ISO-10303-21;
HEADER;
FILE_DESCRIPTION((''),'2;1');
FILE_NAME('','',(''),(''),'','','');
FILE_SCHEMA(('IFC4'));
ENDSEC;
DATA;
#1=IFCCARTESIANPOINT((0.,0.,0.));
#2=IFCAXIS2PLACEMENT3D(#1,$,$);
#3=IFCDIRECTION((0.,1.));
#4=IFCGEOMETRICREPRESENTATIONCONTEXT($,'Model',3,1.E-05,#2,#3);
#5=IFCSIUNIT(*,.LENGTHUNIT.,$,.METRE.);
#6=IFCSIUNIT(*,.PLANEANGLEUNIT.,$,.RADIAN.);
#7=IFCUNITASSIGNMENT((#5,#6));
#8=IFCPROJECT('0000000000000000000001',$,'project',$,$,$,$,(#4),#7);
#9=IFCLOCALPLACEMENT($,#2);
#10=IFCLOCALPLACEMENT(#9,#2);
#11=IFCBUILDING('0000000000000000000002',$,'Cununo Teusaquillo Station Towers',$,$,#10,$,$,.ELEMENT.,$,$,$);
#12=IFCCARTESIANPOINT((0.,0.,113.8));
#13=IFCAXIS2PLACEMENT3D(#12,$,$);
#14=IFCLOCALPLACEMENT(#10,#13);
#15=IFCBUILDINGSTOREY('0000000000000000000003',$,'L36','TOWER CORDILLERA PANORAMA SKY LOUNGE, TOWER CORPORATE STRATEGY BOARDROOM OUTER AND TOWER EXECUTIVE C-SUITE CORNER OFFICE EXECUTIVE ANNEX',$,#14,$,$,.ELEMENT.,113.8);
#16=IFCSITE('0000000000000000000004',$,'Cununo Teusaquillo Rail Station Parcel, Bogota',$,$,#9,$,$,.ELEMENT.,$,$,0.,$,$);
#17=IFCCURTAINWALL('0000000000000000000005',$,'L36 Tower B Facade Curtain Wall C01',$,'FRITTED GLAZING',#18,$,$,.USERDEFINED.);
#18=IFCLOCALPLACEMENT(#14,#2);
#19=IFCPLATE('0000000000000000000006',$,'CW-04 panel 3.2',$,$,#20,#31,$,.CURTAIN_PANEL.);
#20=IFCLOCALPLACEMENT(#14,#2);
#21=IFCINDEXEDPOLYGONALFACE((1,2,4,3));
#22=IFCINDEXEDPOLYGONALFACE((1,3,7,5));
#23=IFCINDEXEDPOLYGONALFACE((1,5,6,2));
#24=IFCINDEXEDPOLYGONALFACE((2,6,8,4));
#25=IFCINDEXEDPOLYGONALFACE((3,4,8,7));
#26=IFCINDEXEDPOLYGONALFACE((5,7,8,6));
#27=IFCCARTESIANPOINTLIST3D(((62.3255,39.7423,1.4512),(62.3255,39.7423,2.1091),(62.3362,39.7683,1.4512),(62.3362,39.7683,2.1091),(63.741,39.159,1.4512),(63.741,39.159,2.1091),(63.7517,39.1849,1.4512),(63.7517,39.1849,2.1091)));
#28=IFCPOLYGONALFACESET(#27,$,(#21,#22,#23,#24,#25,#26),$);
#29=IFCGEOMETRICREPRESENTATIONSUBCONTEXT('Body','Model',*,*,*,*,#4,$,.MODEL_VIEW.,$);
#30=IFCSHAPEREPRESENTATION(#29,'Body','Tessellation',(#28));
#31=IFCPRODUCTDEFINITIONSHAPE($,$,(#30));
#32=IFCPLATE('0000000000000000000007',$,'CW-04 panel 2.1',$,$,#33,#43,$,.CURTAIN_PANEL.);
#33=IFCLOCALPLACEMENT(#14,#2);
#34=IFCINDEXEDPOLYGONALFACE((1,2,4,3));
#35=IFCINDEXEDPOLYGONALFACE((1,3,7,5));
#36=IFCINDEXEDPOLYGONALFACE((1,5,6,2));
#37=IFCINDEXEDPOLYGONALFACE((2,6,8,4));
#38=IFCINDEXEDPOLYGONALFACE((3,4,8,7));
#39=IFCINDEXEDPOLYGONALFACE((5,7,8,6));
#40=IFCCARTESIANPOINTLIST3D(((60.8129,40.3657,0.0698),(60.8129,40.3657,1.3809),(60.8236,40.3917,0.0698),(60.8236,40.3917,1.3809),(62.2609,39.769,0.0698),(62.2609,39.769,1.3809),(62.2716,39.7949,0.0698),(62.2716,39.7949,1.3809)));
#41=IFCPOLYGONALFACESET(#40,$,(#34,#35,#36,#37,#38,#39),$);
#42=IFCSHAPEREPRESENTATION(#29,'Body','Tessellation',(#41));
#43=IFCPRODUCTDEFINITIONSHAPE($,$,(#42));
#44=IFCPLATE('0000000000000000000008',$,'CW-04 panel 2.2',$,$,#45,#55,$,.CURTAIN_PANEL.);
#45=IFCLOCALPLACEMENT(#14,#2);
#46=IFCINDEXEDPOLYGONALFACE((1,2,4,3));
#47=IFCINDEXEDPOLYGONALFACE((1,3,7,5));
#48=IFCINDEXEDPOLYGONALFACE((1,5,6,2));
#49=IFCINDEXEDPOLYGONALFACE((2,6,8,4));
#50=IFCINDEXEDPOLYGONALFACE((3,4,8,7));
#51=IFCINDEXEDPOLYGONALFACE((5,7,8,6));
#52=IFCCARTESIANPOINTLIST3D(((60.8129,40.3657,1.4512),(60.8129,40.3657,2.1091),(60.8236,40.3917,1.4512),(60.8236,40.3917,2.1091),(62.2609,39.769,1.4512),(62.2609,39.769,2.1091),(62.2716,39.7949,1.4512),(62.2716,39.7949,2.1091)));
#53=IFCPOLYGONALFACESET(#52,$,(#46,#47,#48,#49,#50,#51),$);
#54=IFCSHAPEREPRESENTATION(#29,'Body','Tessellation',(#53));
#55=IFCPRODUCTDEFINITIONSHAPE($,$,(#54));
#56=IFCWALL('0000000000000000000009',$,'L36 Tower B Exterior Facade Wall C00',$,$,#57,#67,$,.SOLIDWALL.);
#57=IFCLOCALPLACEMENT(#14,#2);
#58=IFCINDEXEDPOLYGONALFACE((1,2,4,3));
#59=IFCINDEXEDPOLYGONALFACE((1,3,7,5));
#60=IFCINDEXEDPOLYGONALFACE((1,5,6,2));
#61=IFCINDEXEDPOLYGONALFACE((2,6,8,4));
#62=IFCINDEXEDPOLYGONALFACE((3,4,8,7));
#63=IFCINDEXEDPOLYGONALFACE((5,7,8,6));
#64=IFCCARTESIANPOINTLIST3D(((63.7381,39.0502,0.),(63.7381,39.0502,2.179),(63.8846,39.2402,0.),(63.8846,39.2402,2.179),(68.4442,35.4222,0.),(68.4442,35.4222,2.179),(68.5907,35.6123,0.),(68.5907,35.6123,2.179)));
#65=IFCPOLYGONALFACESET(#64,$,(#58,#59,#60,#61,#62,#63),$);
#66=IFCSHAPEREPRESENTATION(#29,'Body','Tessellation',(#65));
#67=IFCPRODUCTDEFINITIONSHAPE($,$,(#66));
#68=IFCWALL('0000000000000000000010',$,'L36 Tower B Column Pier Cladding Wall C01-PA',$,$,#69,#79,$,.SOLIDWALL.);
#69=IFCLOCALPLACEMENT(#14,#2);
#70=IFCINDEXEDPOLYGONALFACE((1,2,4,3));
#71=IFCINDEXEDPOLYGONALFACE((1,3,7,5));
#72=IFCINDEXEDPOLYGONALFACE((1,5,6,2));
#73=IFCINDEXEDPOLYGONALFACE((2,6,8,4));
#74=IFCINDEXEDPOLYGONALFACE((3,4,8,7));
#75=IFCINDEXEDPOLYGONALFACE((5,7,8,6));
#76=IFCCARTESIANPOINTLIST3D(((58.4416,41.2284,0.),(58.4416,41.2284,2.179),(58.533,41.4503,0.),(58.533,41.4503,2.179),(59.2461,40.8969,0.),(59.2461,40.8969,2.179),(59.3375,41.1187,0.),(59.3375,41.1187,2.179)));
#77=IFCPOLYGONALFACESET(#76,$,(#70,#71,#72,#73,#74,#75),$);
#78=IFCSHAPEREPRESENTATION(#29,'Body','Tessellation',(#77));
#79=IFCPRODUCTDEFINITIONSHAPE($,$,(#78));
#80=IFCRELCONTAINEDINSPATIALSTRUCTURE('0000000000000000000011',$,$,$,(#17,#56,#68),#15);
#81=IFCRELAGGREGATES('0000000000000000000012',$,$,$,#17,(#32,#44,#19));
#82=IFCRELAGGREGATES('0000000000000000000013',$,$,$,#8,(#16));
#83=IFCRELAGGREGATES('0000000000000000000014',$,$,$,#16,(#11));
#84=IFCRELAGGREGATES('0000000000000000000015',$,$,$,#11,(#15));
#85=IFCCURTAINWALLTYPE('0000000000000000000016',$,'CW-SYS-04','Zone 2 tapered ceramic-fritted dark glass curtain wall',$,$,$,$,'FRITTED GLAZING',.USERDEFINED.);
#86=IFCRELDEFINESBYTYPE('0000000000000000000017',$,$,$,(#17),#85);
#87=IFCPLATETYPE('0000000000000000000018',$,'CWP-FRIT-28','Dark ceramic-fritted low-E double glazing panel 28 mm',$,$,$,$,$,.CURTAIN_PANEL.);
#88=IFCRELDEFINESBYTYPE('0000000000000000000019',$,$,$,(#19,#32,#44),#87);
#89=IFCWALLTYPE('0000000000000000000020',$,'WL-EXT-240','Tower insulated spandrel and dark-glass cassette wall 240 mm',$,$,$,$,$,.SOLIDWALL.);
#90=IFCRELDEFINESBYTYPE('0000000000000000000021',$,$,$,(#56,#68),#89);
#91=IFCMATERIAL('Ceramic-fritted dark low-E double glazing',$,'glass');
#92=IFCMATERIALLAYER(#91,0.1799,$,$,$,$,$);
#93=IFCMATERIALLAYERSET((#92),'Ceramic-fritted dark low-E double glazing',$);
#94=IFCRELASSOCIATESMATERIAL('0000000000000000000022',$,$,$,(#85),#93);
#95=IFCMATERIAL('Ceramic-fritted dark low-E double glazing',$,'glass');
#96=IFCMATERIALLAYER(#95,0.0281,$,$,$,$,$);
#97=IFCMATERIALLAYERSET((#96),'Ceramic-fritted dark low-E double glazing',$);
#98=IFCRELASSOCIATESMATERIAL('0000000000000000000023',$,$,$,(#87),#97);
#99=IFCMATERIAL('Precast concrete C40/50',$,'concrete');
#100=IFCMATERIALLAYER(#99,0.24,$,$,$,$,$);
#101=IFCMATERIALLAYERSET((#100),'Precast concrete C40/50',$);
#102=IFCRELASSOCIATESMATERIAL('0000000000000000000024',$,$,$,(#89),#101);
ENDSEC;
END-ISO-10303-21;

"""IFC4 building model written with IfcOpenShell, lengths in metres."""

from ifc_helpers import new_model, si_unit, direction, frame, frame_2d, origin, origin_2d, place, context, subcontext, project, spatial, rectangle, extrude, source, transform, mapped, material, layer, layer_set, type_object, element, aggregate, save


model = new_model("IFC4")

# Units and contexts
model_context = context("Model", 3, precision=1e-05, world=origin(), true_north=direction((0.0, 1.0)))
body_context = subcontext(model_context, "Body", "Model", "MODEL_VIEW")
ifc_project = project(units=[si_unit("LENGTHUNIT", "METRE"), si_unit("PLANEANGLEUNIT", "RADIAN")], contexts=[model_context])

# Site, building, storey
site_placement = place(None, origin())
site = spatial("IfcSite", under=ifc_project, at=site_placement, Name="Cununo Teusaquillo Rail Station Parcel, Bogota", CompositionType="ELEMENT", RefElevation=0.0)
building_placement = place(site_placement, origin())
building = spatial("IfcBuilding", under=site, at=building_placement, Name="Cununo Teusaquillo Station Towers", CompositionType="ELEMENT")
storey_placement = place(building_placement, frame((0.0, 0.0, 113.8)))
storey = spatial("IfcBuildingStorey", under=building, at=storey_placement, Name="L36", Description="TOWER CORDILLERA PANORAMA SKY LOUNGE, TOWER CORPORATE STRATEGY BOARDROOM OUTER AND TOWER EXECUTIVE C-SUITE CORNER OFFICE EXECUTIVE ANNEX", CompositionType="ELEMENT", Elevation=113.8)

# Curtain wall, plates
ifc_material_1 = material(Name="Ceramic-fritted dark low-E double glazing", Category="glass")
ifc_layer_1 = layer(ifc_material_1, 0.1799)
ifc_layer_set_1 = layer_set([ifc_layer_1], Name="Ceramic-fritted dark low-E double glazing")
curtain_wall_type = type_object("IfcCurtainWallType", Name="CW-SYS-04", Description="Zone 2 tapered ceramic-fritted dark glass curtain wall", ElementType="FRITTED GLAZING", PredefinedType="USERDEFINED", material=ifc_layer_set_1)
curtain_wall_placement = place(storey_placement, origin())
curtain_wall = element("IfcCurtainWall", 1, at=curtain_wall_placement, inside=storey, type_object=curtain_wall_type, Name="L36 Tower B Facade Curtain Wall C01", ObjectType="FRITTED GLAZING", PredefinedType="USERDEFINED")
ifc_material_2 = material(Name="Ceramic-fritted dark low-E double glazing", Category="glass")
ifc_layer_2 = layer(ifc_material_2, 0.0281)
ifc_layer_set_2 = layer_set([ifc_layer_2], Name="Ceramic-fritted dark low-E double glazing")
plate_type = type_object("IfcPlateType", Name="CWP-FRIT-28", Description="Dark ceramic-fritted low-E double glazing panel 28 mm", PredefinedType="CURTAIN_PANEL", material=ifc_layer_set_2)
shared_shape_1 = source(origin(), body_context, "Body", "SweptSolid", [
    extrude(rectangle(XDim=1.531, YDim=0.0281, at=origin_2d()), origin(), (0.0, 0.0, 1.0), 0.658),
])
plate_1_placement = place(storey_placement, frame((63.0386, 39.4636, 1.4512), z_axis=(0.0, 0.0, 1.0), x_axis=(0.924562, -0.381031, 0.0)))
plate_1 = element("IfcPlate", 2, at=plate_1_placement, type_object=plate_type, Name="CW-04 panel 3.2", PredefinedType="CURTAIN_PANEL", context=body_context, shape_type="MappedRepresentation", body=[
    mapped(shared_shape_1, transform((0.0, 0.0, 0.0), x_axis=(1.0, 0.0, 0.0), y_axis=(0.0, 1.0, 0.0), z_axis=(0.0, 0.0, 1.0), scale=1.0)),
])
shared_shape_2 = source(origin(), body_context, "Body", "SweptSolid", [
    extrude(rectangle(XDim=1.5662, YDim=0.0281, at=origin_2d()), origin(), (0.0, 0.0, 1.0), 1.311),
])
plate_2_placement = place(storey_placement, frame((61.5422, 40.0803, 0.0698), z_axis=(0.0, 0.0, 1.0), x_axis=(0.924562, -0.381031, 0.0)))
plate_2 = element("IfcPlate", 3, at=plate_2_placement, type_object=plate_type, Name="CW-04 panel 2.1", PredefinedType="CURTAIN_PANEL", context=body_context, shape_type="MappedRepresentation", body=[
    mapped(shared_shape_2, transform((0.0, 0.0, 0.0), x_axis=(1.0, 0.0, 0.0), y_axis=(0.0, 1.0, 0.0), z_axis=(0.0, 0.0, 1.0), scale=1.0)),
])
shared_shape_3 = source(origin(), body_context, "Body", "SweptSolid", [
    extrude(rectangle(XDim=1.5662, YDim=0.0281, at=origin_2d()), origin(), (0.0, 0.0, 1.0), 0.658),
])
plate_3_placement = place(storey_placement, frame((61.5422, 40.0803, 1.4512), z_axis=(0.0, 0.0, 1.0), x_axis=(0.924562, -0.381031, 0.0)))
plate_3 = element("IfcPlate", 4, at=plate_3_placement, type_object=plate_type, Name="CW-04 panel 2.2", PredefinedType="CURTAIN_PANEL", context=body_context, shape_type="MappedRepresentation", body=[
    mapped(shared_shape_3, transform((0.0, 0.0, 0.0), x_axis=(1.0, 0.0, 0.0), y_axis=(0.0, 1.0, 0.0), z_axis=(0.0, 0.0, 1.0), scale=1.0)),
])
aggregate(curtain_wall, [plate_2, plate_3, plate_1])

# Walls
ifc_material_3 = material(Name="Precast concrete C40/50", Category="concrete")
ifc_layer_3 = layer(ifc_material_3, 0.24)
ifc_layer_set_3 = layer_set([ifc_layer_3], Name="Precast concrete C40/50")
wall_type = type_object("IfcWallType", Name="WL-EXT-240", Description="Tower insulated spandrel and dark-glass cassette wall 240 mm", PredefinedType="SOLIDWALL", material=ifc_layer_set_3)
wall_1_placement = place(storey_placement, frame((63.8113, 39.1453, 0.0), z_axis=(0.0, 0.0, 1.0), x_axis=(0.791982, -0.610544, 0.0)))
element("IfcWall", 5, at=wall_1_placement, inside=storey, type_object=wall_type, Name="L36 Tower B Exterior Facade Wall C00", PredefinedType="SOLIDWALL", context=body_context, shape_type="SweptSolid", body=[
    extrude(rectangle(XDim=5.9421, YDim=0.24, at=frame_2d((2.9712, 0.0))), origin(), (0.0, 0.0, 1.0), 2.179),
])
wall_2_placement = place(storey_placement, frame((58.4873, 41.3394, 0.0), z_axis=(0.0, 0.0, 1.0), x_axis=(0.924556, -0.381046, 0.0)))
element("IfcWall", 6, at=wall_2_placement, inside=storey, type_object=wall_type, Name="L36 Tower B Column Pier Cladding Wall C01-PA", PredefinedType="SOLIDWALL", context=body_context, shape_type="SweptSolid", body=[
    extrude(rectangle(XDim=0.8701, YDim=0.24, at=frame_2d((0.4351, 0.0))), origin(), (0.0, 0.0, 1.0), 2.179),
])

save(model, "model.ifc")
